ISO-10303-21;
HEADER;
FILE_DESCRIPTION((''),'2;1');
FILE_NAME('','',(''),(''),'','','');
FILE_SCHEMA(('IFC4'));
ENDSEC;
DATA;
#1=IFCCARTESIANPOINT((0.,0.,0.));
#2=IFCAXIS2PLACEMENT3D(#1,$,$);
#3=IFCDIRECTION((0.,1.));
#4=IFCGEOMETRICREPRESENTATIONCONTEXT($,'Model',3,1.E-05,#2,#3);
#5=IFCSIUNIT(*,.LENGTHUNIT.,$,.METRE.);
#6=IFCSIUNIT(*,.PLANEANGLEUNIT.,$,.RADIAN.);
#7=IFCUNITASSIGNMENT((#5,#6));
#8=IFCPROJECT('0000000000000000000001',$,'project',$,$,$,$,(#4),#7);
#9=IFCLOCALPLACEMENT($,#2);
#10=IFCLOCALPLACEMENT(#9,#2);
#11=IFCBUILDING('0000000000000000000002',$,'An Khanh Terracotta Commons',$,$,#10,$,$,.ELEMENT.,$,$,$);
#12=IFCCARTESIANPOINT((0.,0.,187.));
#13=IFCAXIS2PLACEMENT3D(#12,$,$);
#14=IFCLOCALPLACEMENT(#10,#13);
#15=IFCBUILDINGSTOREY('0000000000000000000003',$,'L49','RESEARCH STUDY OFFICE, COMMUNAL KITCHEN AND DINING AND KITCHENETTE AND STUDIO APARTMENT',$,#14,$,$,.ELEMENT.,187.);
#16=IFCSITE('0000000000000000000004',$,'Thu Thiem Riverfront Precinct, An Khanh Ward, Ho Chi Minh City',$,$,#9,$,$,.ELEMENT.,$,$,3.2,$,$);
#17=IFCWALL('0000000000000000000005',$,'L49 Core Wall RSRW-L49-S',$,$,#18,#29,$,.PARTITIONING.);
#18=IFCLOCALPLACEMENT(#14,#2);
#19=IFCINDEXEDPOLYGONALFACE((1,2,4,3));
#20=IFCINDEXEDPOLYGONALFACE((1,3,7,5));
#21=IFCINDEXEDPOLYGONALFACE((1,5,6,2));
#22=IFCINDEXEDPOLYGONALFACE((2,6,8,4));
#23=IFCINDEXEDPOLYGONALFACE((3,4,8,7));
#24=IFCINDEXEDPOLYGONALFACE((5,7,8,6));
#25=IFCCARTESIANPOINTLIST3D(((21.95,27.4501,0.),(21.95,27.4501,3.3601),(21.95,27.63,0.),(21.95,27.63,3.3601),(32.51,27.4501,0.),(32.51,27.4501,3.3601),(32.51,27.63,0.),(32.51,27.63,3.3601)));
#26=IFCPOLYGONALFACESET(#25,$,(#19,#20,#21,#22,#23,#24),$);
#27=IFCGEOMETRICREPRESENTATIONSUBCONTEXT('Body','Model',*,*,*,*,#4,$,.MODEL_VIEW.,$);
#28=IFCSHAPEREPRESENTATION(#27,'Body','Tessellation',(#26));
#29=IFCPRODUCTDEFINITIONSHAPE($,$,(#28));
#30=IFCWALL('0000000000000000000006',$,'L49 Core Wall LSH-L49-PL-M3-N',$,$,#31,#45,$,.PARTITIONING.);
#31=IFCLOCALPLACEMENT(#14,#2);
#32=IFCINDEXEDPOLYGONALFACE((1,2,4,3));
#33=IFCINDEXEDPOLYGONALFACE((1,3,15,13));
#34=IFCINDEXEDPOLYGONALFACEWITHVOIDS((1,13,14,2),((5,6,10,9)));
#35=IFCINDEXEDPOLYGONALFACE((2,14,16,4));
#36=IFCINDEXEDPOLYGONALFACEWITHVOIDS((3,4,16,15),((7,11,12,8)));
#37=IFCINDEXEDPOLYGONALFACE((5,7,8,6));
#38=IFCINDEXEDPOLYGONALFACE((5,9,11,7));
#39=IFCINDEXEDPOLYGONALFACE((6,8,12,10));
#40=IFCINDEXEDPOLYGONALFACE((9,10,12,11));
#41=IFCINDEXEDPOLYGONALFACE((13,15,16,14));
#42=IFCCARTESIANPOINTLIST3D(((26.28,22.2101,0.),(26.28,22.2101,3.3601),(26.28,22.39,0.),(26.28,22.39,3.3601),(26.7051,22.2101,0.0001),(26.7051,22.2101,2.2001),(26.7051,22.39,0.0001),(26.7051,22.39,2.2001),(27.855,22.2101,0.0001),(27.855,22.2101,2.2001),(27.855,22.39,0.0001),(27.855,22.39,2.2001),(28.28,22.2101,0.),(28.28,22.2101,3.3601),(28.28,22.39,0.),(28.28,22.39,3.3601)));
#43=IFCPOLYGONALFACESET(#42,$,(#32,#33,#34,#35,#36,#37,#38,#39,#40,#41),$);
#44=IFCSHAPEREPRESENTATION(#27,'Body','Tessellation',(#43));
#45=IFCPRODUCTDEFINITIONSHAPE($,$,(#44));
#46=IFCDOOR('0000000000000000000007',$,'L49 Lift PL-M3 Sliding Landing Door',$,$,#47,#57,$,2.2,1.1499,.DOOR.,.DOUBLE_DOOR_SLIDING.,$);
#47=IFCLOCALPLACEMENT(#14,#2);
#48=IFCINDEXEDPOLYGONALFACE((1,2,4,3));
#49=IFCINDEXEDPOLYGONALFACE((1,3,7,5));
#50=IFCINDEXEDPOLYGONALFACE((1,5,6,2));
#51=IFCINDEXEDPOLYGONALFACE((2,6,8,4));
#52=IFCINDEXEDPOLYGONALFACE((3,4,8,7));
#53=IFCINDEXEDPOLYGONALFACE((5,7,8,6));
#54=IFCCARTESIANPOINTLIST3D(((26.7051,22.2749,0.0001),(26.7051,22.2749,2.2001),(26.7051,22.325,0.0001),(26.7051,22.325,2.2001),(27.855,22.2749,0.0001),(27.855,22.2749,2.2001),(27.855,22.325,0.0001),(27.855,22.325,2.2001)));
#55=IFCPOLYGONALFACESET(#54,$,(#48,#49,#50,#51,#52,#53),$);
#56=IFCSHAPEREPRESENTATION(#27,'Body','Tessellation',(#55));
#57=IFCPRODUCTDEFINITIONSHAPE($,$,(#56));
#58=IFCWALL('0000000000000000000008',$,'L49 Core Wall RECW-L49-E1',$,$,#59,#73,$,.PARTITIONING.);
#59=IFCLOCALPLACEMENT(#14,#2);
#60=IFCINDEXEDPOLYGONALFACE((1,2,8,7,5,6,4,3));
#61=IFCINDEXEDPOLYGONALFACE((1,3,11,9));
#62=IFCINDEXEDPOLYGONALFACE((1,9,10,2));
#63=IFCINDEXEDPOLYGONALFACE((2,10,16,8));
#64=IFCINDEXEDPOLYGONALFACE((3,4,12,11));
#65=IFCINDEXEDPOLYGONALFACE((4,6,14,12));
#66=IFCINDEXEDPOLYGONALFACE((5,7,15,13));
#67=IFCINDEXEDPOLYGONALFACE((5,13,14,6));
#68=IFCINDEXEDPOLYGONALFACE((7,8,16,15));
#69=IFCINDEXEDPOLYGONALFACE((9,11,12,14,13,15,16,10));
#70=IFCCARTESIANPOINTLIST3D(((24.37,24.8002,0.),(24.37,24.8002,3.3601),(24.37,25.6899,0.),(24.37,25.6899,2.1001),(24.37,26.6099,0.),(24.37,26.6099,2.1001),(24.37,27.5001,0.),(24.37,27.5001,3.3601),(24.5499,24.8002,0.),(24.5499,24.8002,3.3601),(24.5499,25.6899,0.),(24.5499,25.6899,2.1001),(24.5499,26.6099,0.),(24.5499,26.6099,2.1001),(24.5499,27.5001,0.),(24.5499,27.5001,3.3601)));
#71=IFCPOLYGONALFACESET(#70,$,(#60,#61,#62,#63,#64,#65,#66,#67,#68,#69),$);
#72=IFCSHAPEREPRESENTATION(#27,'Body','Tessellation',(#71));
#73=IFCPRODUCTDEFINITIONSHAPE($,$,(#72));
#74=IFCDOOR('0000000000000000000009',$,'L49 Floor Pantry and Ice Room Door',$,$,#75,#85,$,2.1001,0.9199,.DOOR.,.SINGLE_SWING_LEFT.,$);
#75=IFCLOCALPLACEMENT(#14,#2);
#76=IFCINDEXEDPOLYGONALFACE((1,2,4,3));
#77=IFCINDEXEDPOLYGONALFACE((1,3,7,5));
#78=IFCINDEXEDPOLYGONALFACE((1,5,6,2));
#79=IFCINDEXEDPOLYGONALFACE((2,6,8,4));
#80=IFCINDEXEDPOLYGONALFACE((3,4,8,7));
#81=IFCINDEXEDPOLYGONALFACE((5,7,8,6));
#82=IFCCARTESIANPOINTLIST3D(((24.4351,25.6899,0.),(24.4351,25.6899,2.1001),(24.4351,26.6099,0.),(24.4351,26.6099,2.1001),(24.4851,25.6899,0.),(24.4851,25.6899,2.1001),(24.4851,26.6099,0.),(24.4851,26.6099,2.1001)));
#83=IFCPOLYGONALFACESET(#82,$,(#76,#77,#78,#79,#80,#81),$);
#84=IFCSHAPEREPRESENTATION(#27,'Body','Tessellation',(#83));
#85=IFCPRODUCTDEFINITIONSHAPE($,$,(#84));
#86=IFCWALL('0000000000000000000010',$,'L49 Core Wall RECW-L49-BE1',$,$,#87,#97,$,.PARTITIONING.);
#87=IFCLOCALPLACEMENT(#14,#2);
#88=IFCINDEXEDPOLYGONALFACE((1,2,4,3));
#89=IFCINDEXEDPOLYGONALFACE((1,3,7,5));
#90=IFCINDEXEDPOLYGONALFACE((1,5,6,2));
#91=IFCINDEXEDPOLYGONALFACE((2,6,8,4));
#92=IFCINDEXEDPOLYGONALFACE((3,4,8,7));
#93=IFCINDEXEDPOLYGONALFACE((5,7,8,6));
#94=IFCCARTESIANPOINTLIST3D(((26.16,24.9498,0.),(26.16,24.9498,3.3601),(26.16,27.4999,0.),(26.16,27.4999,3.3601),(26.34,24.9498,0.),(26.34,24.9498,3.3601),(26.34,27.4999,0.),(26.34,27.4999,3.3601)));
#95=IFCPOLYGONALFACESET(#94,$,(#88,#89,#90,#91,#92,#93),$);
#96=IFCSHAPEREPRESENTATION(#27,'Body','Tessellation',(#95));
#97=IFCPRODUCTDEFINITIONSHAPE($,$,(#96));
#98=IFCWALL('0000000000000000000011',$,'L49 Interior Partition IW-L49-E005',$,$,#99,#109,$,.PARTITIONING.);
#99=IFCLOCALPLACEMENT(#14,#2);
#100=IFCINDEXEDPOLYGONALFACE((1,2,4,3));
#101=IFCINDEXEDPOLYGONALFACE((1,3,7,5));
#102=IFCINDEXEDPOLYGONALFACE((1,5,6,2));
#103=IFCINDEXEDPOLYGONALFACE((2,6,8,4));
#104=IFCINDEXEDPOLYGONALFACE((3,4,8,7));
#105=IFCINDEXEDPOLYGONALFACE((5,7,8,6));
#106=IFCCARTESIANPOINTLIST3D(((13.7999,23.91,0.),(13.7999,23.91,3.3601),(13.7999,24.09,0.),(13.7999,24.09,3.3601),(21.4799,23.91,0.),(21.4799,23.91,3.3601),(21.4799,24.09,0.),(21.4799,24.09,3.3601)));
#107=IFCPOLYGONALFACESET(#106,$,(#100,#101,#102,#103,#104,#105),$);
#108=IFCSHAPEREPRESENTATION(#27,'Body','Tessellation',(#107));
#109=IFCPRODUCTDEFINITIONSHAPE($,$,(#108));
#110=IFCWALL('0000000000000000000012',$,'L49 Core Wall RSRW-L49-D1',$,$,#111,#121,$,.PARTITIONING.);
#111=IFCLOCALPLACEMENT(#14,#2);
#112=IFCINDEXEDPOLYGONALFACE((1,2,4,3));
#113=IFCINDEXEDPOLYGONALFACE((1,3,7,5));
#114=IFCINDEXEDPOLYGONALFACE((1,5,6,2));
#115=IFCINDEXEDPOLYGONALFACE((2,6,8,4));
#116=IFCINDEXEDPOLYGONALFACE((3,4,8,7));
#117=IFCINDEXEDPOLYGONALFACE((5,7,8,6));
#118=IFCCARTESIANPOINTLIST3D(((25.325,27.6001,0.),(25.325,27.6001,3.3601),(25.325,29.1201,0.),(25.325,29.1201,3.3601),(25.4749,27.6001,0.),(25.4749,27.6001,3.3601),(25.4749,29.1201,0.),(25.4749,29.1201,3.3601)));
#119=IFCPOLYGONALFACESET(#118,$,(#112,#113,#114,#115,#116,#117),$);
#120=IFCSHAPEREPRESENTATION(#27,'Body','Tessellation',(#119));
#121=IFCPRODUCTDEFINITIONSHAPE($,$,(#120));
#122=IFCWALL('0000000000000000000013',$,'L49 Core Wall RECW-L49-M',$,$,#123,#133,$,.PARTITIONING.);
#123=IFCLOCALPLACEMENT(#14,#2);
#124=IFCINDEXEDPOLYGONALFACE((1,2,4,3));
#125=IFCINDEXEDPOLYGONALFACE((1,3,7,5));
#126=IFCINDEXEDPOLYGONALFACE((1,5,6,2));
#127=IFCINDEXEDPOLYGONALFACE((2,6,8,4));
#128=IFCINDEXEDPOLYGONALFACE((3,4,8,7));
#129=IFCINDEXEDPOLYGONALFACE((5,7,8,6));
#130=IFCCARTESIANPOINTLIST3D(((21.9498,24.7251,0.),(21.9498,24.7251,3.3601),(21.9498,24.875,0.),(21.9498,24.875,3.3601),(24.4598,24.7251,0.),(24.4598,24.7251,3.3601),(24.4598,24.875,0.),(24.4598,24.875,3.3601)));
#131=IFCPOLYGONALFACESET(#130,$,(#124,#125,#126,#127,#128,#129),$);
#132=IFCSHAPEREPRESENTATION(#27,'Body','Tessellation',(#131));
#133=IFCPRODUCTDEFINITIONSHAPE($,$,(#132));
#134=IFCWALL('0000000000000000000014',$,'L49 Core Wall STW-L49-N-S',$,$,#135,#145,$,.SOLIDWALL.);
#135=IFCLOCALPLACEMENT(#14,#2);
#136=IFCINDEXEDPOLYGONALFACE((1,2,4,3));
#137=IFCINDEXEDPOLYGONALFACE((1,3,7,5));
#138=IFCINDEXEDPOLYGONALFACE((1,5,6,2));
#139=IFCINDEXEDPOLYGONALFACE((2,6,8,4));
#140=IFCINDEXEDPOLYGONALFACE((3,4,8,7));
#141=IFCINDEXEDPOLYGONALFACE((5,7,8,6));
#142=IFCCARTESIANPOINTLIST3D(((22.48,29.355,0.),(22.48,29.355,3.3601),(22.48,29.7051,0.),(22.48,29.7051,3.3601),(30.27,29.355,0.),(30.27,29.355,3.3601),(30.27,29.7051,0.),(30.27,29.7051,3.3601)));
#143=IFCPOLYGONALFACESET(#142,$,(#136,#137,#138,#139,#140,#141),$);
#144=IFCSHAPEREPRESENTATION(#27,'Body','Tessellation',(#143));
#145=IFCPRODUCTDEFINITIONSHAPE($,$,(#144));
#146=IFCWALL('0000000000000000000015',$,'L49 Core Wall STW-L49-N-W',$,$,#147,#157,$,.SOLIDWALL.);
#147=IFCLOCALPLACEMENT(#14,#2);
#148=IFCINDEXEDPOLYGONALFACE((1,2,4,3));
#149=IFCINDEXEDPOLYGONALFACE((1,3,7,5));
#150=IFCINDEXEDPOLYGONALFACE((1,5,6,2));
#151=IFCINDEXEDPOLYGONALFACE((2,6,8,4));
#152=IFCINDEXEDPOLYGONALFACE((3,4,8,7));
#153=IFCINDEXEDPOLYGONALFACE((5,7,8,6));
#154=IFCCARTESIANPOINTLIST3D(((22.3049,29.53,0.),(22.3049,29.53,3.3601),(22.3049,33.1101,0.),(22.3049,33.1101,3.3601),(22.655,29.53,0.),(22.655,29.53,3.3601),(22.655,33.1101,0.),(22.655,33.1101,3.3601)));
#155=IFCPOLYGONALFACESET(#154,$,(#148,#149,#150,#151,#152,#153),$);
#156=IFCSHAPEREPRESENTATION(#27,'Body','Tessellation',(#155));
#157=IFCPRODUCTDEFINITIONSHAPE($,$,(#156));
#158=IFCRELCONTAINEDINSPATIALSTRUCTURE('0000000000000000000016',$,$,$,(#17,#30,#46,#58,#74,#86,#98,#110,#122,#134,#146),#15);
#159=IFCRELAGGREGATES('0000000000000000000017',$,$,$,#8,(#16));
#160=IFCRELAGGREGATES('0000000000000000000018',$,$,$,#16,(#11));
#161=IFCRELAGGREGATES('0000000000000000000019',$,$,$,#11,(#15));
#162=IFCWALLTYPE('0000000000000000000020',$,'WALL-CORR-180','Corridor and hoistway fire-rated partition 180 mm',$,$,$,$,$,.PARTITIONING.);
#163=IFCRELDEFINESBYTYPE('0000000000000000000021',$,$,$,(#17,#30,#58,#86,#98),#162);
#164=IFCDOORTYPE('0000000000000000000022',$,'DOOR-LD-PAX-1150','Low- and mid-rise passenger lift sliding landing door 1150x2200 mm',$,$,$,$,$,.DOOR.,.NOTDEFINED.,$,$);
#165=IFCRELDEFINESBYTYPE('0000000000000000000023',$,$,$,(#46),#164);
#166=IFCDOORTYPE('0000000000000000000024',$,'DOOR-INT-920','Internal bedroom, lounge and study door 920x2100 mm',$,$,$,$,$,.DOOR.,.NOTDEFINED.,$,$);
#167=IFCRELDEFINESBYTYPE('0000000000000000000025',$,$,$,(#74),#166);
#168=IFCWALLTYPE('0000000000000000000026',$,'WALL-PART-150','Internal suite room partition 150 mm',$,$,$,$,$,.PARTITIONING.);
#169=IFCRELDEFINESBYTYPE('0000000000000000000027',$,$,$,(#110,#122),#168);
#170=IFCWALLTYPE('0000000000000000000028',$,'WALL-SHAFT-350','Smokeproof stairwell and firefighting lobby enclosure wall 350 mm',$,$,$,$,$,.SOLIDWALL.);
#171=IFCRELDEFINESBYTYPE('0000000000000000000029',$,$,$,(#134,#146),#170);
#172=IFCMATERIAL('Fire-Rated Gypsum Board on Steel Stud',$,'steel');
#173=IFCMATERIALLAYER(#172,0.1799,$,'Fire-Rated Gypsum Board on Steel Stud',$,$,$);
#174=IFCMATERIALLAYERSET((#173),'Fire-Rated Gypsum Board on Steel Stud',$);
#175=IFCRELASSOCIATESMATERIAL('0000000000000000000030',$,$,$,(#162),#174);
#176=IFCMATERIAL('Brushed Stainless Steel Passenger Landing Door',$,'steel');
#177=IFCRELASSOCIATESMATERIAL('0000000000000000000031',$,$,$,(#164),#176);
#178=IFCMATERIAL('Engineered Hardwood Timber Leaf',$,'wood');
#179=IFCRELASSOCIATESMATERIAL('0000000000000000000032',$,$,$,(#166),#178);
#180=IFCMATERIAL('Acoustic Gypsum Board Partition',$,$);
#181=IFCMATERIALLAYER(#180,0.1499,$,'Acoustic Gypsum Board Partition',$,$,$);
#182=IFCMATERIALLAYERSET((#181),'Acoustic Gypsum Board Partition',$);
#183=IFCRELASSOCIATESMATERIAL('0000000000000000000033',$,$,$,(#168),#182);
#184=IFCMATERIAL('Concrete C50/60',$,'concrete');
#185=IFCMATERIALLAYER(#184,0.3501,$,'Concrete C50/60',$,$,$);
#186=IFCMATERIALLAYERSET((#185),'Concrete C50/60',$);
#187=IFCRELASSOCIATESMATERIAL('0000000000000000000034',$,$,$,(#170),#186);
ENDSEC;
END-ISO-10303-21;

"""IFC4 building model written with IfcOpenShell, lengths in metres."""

from ifc_helpers import new_model, si_unit, direction, frame, frame_2d, origin, place, context, subcontext, project, spatial, rectangle, extrude, material, layer, layer_set, type_object, element, fill, save


model = new_model("IFC4")

# Units and contexts
model_context = context("Model", 3, precision=1e-05, world=origin(), true_north=direction((0.0, 1.0)))
body_context = subcontext(model_context, "Body", "Model", "MODEL_VIEW")
ifc_project = project(units=[si_unit("LENGTHUNIT", "METRE"), si_unit("PLANEANGLEUNIT", "RADIAN")], contexts=[model_context])

# Site, building, storey
site_placement = place(None, origin())
site = spatial("IfcSite", under=ifc_project, at=site_placement, Name="Thu Thiem Riverfront Precinct, An Khanh Ward, Ho Chi Minh City", CompositionType="ELEMENT", RefElevation=3.2)
building_placement = place(site_placement, origin())
building = spatial("IfcBuilding", under=site, at=building_placement, Name="An Khanh Terracotta Commons", CompositionType="ELEMENT")
storey_placement = place(building_placement, frame((0.0, 0.0, 187.0)))
storey = spatial("IfcBuildingStorey", under=building, at=storey_placement, Name="L49", Description="RESEARCH STUDY OFFICE, COMMUNAL KITCHEN AND DINING AND KITCHENETTE AND STUDIO APARTMENT", CompositionType="ELEMENT", Elevation=187.0)

# Wall
ifc_material_1 = material(Name="Fire-Rated Gypsum Board on Steel Stud", Category="steel")
ifc_layer_1 = layer(ifc_material_1, 0.1799, Name="Fire-Rated Gypsum Board on Steel Stud")
ifc_layer_set_1 = layer_set([ifc_layer_1], Name="Fire-Rated Gypsum Board on Steel Stud")
wall_type_1 = type_object("IfcWallType", Name="WALL-CORR-180", Description="Corridor and hoistway fire-rated partition 180 mm", PredefinedType="PARTITIONING", material=ifc_layer_set_1)
wall_1_placement = place(storey_placement, frame((21.95, 27.54, 0.0), z_axis=(0.0, 0.0, 1.0), x_axis=(1.0, 0.0, 0.0)))
element("IfcWall", 1, at=wall_1_placement, inside=storey, type_object=wall_type_1, Name="L49 Core Wall RSRW-L49-S", PredefinedType="PARTITIONING", context=body_context, shape_type="SweptSolid", body=[
    extrude(rectangle(XDim=10.5601, YDim=0.1799, at=frame_2d((5.28, 0.0))), origin(), (0.0, 0.0, 1.0), 3.3601),
])

# Walls, openings, doors
wall_2_placement = place(storey_placement, frame((26.28, 22.3, 0.0), z_axis=(0.0, 0.0, 1.0), x_axis=(1.0, 0.0, 0.0)))
wall_2 = element("IfcWall", 2, at=wall_2_placement, inside=storey, type_object=wall_type_1, Name="L49 Core Wall LSH-L49-PL-M3-N", PredefinedType="PARTITIONING", context=body_context, shape_type="SweptSolid", body=[
    extrude(rectangle(XDim=2.0, YDim=0.1799, at=frame_2d((1.0, 0.0))), origin(), (0.0, 0.0, 1.0), 3.3601),
])
opening_1_placement = place(wall_2_placement, frame((0.425, 0.0, 0.0)))
opening_1 = element("IfcOpeningElement", 3, at=opening_1_placement, cuts=wall_2, PredefinedType="OPENING", context=body_context, shape_type="SweptSolid", body=[
    extrude(rectangle(XDim=1.1499, YDim=2.2, at=frame_2d((0.575, 1.1001))), frame((0.0, 0.0999, 0.0), z_axis=(0.0, -1.0, 0.0), x_axis=(1.0, 0.0, 0.0)), (0.0, 0.0, 1.0), 0.2),
])
ifc_material_2 = material(Name="Brushed Stainless Steel Passenger Landing Door", Category="steel")
door_type_1 = type_object("IfcDoorType", Name="DOOR-LD-PAX-1150", Description="Low- and mid-rise passenger lift sliding landing door 1150x2200 mm", OperationType="NOTDEFINED", PredefinedType="DOOR", material=ifc_material_2)
door_1_placement = place(opening_1_placement, origin())
door_1 = element("IfcDoor", 4, at=door_1_placement, inside=storey, type_object=door_type_1, Name="L49 Lift PL-M3 Sliding Landing Door", OperationType="DOUBLE_DOOR_SLIDING", OverallHeight=2.2, OverallWidth=1.1499, PredefinedType="DOOR", context=body_context, shape_type="SweptSolid", body=[
    extrude(rectangle(XDim=1.1499, YDim=2.2, at=frame_2d((0.575, 1.1001))), frame((0.0, 0.0249, 0.0), z_axis=(0.0, -1.0, 0.0), x_axis=(1.0, 0.0, 0.0)), (0.0, 0.0, 1.0), 0.05),
])
fill(opening_1, door_1)
wall_3_placement = place(storey_placement, frame((24.46, 24.8, 0.0), z_axis=(0.0, 0.0, 1.0), x_axis=(0.0, 1.0, 0.0)))
wall_3 = element("IfcWall", 5, at=wall_3_placement, inside=storey, type_object=wall_type_1, Name="L49 Core Wall RECW-L49-E1", PredefinedType="PARTITIONING", context=body_context, shape_type="SweptSolid", body=[
    extrude(rectangle(XDim=2.7, YDim=0.1799, at=frame_2d((1.3501, 0.0))), origin(), (0.0, 0.0, 1.0), 3.3601),
])
opening_2_placement = place(wall_3_placement, frame((0.8899, 0.0, 0.0)))
opening_2 = element("IfcOpeningElement", 6, at=opening_2_placement, cuts=wall_3, PredefinedType="OPENING", context=body_context, shape_type="SweptSolid", body=[
    extrude(rectangle(XDim=0.9199, YDim=2.1001, at=frame_2d((0.46, 1.05))), frame((0.0, 0.0999, 0.0), z_axis=(0.0, -1.0, 0.0), x_axis=(1.0, 0.0, 0.0)), (0.0, 0.0, 1.0), 0.2),
])
ifc_material_3 = material(Name="Engineered Hardwood Timber Leaf", Category="wood")
door_type_2 = type_object("IfcDoorType", Name="DOOR-INT-920", Description="Internal bedroom, lounge and study door 920x2100 mm", OperationType="NOTDEFINED", PredefinedType="DOOR", material=ifc_material_3)
door_2_placement = place(opening_2_placement, origin())
door_2 = element("IfcDoor", 7, at=door_2_placement, inside=storey, type_object=door_type_2, Name="L49 Floor Pantry and Ice Room Door", OperationType="SINGLE_SWING_LEFT", OverallHeight=2.1001, OverallWidth=0.9199, PredefinedType="DOOR", context=body_context, shape_type="SweptSolid", body=[
    extrude(rectangle(XDim=0.9199, YDim=2.1001, at=frame_2d((0.46, 1.05))), frame((0.0, 0.0249, 0.0), z_axis=(0.0, -1.0, 0.0), x_axis=(1.0, 0.0, 0.0)), (0.0, 0.0, 1.0), 0.05),
])
fill(opening_2, door_2)

# Walls
wall_4_placement = place(storey_placement, frame((26.25, 24.95, 0.0), z_axis=(0.0, 0.0, 1.0), x_axis=(0.0, 1.0, 0.0)))
element("IfcWall", 8, at=wall_4_placement, inside=storey, type_object=wall_type_1, Name="L49 Core Wall RECW-L49-BE1", PredefinedType="PARTITIONING", context=body_context, shape_type="SweptSolid", body=[
    extrude(rectangle(XDim=2.55, YDim=0.1799, at=frame_2d((1.2749, 0.0))), origin(), (0.0, 0.0, 1.0), 3.3601),
])
wall_5_placement = place(storey_placement, frame((13.8, 24.0, 0.0), z_axis=(0.0, 0.0, 1.0), x_axis=(1.0, 0.0, 0.0)))
element("IfcWall", 9, at=wall_5_placement, inside=storey, type_object=wall_type_1, Name="L49 Interior Partition IW-L49-E005", PredefinedType="PARTITIONING", context=body_context, shape_type="SweptSolid", body=[
    extrude(rectangle(XDim=7.6799, YDim=0.1799, at=frame_2d((3.8398, 0.0))), origin(), (0.0, 0.0, 1.0), 3.3601),
])
ifc_material_4 = material(Name="Acoustic Gypsum Board Partition")
ifc_layer_2 = layer(ifc_material_4, 0.1499, Name="Acoustic Gypsum Board Partition")
ifc_layer_set_2 = layer_set([ifc_layer_2], Name="Acoustic Gypsum Board Partition")
wall_type_2 = type_object("IfcWallType", Name="WALL-PART-150", Description="Internal suite room partition 150 mm", PredefinedType="PARTITIONING", material=ifc_layer_set_2)
wall_6_placement = place(storey_placement, frame((25.3999, 27.6001, 0.0), z_axis=(0.0, 0.0, 1.0), x_axis=(0.0, 1.0, 0.0)))
element("IfcWall", 10, at=wall_6_placement, inside=storey, type_object=wall_type_2, Name="L49 Core Wall RSRW-L49-D1", PredefinedType="PARTITIONING", context=body_context, shape_type="SweptSolid", body=[
    extrude(rectangle(XDim=1.52, YDim=0.1499, at=frame_2d((0.76, 0.0))), origin(), (0.0, 0.0, 1.0), 3.3601),
])
wall_7_placement = place(storey_placement, frame((21.95, 24.8, 0.0), z_axis=(0.0, 0.0, 1.0), x_axis=(1.0, 0.0, 0.0)))
element("IfcWall", 11, at=wall_7_placement, inside=storey, type_object=wall_type_2, Name="L49 Core Wall RECW-L49-M", PredefinedType="PARTITIONING", context=body_context, shape_type="SweptSolid", body=[
    extrude(rectangle(XDim=2.51, YDim=0.1499, at=frame_2d((1.2549, 0.0))), origin(), (0.0, 0.0, 1.0), 3.3601),
])
ifc_material_5 = material(Name="Concrete C50/60", Category="concrete")
ifc_layer_3 = layer(ifc_material_5, 0.3501, Name="Concrete C50/60")
ifc_layer_set_3 = layer_set([ifc_layer_3], Name="Concrete C50/60")
wall_type_3 = type_object("IfcWallType", Name="WALL-SHAFT-350", Description="Smokeproof stairwell and firefighting lobby enclosure wall 350 mm", PredefinedType="SOLIDWALL", material=ifc_layer_set_3)
wall_8_placement = place(storey_placement, frame((22.48, 29.53, 0.0), z_axis=(0.0, 0.0, 1.0), x_axis=(1.0, 0.0, 0.0)))
element("IfcWall", 12, at=wall_8_placement, inside=storey, type_object=wall_type_3, Name="L49 Core Wall STW-L49-N-S", PredefinedType="SOLIDWALL", context=body_context, shape_type="SweptSolid", body=[
    extrude(rectangle(XDim=7.79, YDim=0.3501, at=frame_2d((3.895, 0.0))), origin(), (0.0, 0.0, 1.0), 3.3601),
])
wall_9_placement = place(storey_placement, frame((22.48, 29.53, 0.0), z_axis=(0.0, 0.0, 1.0), x_axis=(0.0, 1.0, 0.0)))
element("IfcWall", 13, at=wall_9_placement, inside=storey, type_object=wall_type_3, Name="L49 Core Wall STW-L49-N-W", PredefinedType="SOLIDWALL", context=body_context, shape_type="SweptSolid", body=[
    extrude(rectangle(XDim=3.5801, YDim=0.3501, at=frame_2d((1.79, 0.0))), origin(), (0.0, 0.0, 1.0), 3.3601),
])

save(model, "model.ifc")
